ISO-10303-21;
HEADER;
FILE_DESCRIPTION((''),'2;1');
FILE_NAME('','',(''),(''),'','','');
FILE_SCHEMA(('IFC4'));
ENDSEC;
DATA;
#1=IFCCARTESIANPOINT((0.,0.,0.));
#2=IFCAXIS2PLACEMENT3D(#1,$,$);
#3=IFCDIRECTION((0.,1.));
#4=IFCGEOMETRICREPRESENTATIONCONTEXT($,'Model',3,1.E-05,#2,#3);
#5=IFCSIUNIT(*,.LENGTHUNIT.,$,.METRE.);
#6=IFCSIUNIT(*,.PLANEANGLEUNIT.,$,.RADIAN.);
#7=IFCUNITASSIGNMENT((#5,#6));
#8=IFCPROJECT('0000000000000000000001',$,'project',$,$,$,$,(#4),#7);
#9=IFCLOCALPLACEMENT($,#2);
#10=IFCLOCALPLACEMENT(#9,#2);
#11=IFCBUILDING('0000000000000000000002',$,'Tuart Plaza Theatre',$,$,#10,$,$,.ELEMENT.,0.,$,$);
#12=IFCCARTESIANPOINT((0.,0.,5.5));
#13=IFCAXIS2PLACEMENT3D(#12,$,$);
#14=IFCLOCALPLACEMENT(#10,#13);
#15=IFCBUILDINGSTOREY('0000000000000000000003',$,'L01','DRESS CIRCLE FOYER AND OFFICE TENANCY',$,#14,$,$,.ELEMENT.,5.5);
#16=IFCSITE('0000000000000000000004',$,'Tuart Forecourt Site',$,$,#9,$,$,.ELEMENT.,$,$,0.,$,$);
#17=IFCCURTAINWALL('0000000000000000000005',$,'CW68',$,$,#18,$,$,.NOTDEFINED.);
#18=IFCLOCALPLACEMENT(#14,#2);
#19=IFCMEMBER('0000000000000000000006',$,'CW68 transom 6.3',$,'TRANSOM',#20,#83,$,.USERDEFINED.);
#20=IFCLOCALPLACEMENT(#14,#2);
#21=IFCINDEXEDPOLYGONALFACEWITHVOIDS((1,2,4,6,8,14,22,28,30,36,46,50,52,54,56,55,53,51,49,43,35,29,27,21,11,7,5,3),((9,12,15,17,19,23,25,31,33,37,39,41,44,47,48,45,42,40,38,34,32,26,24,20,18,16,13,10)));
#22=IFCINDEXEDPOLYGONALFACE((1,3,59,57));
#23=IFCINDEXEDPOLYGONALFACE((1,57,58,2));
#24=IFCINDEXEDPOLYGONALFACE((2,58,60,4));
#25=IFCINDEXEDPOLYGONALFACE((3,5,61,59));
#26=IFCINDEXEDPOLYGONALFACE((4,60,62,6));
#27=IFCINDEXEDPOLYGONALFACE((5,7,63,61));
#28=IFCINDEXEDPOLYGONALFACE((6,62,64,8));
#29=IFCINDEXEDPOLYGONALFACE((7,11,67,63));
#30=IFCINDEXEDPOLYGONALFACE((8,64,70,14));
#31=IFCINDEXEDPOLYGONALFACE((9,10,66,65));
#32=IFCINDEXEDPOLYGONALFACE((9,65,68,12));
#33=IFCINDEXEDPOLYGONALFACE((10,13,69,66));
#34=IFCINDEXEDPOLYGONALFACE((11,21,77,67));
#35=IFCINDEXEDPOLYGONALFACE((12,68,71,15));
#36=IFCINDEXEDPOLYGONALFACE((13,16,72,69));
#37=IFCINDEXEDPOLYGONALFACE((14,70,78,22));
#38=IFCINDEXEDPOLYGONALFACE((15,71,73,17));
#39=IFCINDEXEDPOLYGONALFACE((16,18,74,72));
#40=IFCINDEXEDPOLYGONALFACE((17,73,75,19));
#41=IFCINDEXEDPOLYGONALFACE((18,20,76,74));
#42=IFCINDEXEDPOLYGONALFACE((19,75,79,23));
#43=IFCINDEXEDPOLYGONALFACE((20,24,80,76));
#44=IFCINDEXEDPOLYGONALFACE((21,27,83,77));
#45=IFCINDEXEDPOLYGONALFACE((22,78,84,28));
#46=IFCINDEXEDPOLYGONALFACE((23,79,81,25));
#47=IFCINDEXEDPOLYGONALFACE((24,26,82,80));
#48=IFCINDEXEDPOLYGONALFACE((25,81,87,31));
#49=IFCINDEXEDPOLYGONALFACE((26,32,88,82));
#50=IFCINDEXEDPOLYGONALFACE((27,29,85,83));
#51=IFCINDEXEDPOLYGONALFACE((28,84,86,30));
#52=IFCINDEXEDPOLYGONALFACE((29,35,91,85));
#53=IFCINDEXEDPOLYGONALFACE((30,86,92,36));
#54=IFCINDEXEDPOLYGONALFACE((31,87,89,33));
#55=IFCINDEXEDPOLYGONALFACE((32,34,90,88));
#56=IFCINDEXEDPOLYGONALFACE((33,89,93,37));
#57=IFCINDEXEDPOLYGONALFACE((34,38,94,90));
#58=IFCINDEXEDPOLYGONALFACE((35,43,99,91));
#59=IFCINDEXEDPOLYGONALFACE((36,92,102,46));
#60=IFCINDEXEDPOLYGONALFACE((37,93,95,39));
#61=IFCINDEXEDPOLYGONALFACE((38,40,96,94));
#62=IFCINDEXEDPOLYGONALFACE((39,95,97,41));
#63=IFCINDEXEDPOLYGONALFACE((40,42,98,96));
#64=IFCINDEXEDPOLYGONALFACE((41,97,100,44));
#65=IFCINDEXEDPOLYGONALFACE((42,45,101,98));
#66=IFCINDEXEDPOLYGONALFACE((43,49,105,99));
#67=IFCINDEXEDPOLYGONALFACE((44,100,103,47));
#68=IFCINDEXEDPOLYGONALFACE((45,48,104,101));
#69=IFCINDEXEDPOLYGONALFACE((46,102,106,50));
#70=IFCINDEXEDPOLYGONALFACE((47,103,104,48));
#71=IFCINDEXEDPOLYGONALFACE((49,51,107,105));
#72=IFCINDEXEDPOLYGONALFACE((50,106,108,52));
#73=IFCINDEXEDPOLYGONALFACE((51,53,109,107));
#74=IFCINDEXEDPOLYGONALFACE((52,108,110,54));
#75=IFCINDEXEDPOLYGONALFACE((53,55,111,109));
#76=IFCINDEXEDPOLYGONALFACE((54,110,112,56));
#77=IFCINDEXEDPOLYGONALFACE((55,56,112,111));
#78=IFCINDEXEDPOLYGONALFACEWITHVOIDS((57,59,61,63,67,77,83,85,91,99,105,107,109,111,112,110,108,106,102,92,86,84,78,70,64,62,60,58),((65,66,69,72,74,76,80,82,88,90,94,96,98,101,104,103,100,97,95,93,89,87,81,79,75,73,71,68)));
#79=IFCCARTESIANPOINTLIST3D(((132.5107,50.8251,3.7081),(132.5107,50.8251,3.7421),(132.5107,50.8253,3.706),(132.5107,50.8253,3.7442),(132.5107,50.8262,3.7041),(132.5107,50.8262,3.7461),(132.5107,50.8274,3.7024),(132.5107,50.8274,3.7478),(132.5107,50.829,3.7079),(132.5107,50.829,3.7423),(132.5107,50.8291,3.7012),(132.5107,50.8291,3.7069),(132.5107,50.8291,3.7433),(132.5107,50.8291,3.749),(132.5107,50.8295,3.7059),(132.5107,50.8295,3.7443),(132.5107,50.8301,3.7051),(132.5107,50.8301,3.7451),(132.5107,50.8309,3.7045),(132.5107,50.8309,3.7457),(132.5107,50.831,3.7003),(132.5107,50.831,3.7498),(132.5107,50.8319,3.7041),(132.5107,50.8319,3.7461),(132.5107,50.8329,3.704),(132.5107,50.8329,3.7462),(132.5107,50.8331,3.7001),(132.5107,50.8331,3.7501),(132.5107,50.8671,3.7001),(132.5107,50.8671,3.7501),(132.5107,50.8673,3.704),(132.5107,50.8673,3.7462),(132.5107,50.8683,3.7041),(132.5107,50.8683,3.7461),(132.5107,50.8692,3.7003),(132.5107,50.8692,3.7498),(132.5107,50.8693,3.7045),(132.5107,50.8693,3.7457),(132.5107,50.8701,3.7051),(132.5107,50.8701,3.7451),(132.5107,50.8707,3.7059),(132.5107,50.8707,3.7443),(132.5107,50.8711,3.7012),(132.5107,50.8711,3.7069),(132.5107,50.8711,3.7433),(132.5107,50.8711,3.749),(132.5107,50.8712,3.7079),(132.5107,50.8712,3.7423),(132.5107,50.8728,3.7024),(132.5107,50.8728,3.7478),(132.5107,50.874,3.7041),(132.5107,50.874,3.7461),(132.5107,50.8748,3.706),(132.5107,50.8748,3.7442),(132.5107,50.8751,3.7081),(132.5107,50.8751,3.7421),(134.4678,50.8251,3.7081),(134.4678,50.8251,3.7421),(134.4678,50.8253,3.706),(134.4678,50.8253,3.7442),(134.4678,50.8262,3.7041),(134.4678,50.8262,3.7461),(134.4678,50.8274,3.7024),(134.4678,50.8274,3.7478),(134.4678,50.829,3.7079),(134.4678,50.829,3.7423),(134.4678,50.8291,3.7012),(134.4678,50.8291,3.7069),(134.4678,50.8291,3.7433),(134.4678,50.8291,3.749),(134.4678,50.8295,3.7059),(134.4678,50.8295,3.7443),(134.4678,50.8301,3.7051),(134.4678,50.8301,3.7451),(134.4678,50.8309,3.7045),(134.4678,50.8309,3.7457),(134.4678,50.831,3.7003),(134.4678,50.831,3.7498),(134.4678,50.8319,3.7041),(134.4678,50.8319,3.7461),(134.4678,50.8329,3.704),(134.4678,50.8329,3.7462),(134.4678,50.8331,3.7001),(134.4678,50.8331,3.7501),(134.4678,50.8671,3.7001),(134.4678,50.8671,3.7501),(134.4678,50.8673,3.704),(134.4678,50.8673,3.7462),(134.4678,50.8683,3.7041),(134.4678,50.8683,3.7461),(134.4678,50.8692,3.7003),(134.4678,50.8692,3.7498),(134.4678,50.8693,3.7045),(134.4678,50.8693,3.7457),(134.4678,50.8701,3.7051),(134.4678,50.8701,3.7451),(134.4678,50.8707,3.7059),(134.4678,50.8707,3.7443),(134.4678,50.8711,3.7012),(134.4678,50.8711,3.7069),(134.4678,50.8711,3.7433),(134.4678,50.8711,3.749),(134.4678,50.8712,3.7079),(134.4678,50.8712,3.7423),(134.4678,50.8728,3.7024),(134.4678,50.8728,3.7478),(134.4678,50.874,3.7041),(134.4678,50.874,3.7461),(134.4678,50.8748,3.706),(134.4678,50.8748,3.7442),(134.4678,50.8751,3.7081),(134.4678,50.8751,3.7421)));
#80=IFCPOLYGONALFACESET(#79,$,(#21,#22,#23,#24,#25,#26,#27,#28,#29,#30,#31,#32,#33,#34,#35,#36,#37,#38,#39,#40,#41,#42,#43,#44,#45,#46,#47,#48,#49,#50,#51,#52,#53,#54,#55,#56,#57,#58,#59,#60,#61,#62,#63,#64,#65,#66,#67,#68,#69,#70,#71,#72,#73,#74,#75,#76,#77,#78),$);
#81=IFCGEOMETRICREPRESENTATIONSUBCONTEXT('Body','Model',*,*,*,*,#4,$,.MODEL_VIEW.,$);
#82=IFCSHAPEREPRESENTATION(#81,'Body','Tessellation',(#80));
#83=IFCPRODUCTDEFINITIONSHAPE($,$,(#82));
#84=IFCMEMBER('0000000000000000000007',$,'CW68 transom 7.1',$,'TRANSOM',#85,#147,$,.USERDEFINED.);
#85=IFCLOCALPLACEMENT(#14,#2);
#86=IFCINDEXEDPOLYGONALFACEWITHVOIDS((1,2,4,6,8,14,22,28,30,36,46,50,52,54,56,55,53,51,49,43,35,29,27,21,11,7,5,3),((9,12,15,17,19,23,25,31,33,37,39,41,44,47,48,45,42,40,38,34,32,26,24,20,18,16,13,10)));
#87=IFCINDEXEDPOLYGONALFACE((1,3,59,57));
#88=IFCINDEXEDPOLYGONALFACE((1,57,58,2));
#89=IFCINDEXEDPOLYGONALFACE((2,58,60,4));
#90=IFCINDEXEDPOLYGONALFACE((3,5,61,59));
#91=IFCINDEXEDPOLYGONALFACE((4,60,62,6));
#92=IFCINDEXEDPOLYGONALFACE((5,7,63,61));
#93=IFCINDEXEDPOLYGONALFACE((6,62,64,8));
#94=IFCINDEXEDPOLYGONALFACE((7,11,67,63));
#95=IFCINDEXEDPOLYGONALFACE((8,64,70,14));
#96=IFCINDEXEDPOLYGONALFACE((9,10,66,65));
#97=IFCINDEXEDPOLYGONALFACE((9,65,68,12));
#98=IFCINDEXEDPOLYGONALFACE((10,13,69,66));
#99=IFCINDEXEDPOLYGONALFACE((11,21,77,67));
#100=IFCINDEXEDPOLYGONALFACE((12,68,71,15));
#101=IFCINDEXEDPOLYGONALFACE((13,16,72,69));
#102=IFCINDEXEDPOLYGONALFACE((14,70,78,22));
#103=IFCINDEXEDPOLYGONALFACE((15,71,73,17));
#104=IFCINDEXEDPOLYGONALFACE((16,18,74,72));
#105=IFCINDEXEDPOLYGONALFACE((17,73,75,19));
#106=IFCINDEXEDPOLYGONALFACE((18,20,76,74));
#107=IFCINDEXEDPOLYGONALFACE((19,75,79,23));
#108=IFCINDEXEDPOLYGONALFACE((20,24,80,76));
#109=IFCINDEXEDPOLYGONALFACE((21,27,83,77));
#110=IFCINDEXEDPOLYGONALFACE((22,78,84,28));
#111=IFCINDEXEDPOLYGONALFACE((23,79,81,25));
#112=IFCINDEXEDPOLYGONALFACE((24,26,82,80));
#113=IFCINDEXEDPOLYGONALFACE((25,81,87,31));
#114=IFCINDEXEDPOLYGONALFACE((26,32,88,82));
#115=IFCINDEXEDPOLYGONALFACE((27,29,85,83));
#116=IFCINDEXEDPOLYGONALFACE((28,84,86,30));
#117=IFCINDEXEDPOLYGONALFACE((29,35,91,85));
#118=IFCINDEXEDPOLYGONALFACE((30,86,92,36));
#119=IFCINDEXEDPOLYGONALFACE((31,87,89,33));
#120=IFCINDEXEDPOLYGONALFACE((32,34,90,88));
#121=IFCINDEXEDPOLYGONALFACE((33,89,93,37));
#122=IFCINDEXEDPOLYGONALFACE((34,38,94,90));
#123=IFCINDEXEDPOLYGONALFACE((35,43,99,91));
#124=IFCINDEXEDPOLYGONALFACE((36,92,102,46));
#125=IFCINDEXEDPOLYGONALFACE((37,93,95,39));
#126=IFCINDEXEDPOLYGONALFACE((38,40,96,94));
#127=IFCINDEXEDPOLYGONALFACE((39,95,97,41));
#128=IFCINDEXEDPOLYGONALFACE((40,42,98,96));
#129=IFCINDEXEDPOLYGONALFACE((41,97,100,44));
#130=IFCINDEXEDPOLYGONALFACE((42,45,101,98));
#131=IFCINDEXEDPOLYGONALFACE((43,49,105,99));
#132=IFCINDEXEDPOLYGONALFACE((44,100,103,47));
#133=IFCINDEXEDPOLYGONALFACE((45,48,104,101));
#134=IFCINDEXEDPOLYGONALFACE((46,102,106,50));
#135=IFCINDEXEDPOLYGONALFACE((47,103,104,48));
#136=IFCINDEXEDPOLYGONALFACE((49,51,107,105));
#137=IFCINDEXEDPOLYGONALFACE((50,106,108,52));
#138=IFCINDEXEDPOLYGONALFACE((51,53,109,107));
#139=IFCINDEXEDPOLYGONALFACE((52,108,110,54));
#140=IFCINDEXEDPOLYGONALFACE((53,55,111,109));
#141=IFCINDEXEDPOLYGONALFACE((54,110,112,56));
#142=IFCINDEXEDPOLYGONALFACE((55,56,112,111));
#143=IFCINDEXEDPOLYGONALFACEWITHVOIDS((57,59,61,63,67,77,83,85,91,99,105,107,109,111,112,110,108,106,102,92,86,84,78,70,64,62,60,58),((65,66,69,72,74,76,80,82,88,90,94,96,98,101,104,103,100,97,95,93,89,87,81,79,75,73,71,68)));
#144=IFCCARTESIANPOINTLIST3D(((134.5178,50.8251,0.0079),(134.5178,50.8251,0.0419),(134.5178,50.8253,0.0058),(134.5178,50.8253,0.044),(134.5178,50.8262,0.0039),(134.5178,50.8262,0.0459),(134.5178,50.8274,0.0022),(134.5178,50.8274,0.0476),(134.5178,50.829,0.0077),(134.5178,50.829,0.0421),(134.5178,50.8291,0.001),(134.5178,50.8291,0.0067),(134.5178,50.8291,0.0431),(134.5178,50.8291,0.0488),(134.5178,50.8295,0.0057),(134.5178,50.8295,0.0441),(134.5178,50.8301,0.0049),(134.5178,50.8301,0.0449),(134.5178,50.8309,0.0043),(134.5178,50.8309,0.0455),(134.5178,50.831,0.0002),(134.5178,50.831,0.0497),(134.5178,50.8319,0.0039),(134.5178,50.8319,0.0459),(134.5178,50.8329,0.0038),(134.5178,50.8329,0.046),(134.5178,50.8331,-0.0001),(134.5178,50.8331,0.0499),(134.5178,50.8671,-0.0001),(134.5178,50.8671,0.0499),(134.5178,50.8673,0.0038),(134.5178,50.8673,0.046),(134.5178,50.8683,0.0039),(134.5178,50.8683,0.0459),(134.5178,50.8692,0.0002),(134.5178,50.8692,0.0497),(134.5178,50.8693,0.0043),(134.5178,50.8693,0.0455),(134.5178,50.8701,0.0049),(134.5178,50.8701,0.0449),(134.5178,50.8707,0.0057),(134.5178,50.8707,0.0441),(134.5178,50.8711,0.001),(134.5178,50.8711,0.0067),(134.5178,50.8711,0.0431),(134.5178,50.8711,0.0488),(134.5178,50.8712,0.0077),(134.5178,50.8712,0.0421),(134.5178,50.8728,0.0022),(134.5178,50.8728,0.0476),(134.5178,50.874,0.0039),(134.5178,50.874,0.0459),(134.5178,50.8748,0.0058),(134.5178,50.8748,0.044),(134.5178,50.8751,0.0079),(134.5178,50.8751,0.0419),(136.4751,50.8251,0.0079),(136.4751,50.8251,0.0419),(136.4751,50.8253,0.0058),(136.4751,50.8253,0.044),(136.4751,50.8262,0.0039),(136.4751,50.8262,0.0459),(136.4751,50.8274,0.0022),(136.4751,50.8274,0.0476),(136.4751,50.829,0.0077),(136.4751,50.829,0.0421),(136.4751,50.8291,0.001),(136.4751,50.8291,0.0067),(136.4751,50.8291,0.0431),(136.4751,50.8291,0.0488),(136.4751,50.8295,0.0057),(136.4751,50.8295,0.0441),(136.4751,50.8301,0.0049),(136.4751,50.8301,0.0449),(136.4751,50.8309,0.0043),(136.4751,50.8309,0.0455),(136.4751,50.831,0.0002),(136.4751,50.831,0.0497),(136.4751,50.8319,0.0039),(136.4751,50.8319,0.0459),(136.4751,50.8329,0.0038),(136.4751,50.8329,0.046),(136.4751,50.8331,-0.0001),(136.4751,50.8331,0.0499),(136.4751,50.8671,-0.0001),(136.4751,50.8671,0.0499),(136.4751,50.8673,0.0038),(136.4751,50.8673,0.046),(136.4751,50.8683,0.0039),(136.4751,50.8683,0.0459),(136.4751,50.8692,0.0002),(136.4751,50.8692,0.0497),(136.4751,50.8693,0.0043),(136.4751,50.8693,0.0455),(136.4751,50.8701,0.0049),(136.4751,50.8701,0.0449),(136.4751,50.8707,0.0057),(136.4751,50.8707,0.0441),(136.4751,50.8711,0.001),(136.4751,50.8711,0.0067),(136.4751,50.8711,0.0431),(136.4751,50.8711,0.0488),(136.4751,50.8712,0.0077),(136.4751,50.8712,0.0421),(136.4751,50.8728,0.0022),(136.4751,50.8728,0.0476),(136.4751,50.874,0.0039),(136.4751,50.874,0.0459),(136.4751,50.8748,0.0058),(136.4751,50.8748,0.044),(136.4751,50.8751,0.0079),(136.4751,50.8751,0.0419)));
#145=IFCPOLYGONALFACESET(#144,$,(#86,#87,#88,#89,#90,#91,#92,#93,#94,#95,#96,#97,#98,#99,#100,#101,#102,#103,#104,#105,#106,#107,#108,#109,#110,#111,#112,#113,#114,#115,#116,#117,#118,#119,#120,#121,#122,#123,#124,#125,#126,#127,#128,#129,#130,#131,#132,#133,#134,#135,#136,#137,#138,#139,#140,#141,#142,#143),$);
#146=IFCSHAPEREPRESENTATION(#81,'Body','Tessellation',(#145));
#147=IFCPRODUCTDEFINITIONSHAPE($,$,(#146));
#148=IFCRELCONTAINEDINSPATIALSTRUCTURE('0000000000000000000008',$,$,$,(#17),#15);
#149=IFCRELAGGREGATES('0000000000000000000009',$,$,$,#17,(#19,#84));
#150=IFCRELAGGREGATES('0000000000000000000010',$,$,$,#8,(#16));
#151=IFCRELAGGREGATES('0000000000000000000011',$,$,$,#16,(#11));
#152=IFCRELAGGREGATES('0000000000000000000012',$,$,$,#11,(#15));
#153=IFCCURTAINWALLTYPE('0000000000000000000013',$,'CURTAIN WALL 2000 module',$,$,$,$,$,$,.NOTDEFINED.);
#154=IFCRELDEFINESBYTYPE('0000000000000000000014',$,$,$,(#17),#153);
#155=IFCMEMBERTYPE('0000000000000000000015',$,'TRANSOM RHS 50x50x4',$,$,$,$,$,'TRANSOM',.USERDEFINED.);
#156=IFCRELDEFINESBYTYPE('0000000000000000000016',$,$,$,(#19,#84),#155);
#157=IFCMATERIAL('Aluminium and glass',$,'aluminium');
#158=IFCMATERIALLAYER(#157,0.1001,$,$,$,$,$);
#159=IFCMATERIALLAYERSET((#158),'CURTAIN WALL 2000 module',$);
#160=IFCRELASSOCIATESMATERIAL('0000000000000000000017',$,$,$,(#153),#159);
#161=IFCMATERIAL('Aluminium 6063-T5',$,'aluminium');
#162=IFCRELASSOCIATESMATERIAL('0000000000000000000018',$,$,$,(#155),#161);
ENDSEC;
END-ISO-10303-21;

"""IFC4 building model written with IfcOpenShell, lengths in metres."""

from ifc_helpers import new_model, si_unit, direction, frame, origin, origin_2d, place, context, subcontext, project, spatial, hollow_rectangle, extrude, material, layer, layer_set, material_profile, profile_set, type_object, element, aggregate, save


model = new_model("IFC4")

# Units and contexts
model_context = context("Model", 3, precision=1e-05, world=origin(), true_north=direction((0.0, 1.0)))
body_context = subcontext(model_context, "Body", "Model", "MODEL_VIEW")
ifc_project = project(units=[si_unit("LENGTHUNIT", "METRE"), si_unit("PLANEANGLEUNIT", "RADIAN")], contexts=[model_context])

# Site, building, storey
site_placement = place(None, origin())
site = spatial("IfcSite", under=ifc_project, at=site_placement, Name="Tuart Forecourt Site", CompositionType="ELEMENT", RefElevation=0.0)
building_placement = place(site_placement, origin())
building = spatial("IfcBuilding", under=site, at=building_placement, Name="Tuart Plaza Theatre", CompositionType="ELEMENT", ElevationOfRefHeight=0.0)
storey_placement = place(building_placement, frame((0.0, 0.0, 5.5)))
storey = spatial("IfcBuildingStorey", under=building, at=storey_placement, Name="L01", Description="DRESS CIRCLE FOYER AND OFFICE TENANCY", CompositionType="ELEMENT", Elevation=5.5)

# Curtain wall, members
ifc_material_1 = material(Name="Aluminium and glass", Category="aluminium")
ifc_layer_1 = layer(ifc_material_1, 0.1001)
ifc_layer_set_1 = layer_set([ifc_layer_1], Name="CURTAIN WALL 2000 module")
curtain_wall_type = type_object("IfcCurtainWallType", Name="CURTAIN WALL 2000 module", PredefinedType="NOTDEFINED", material=ifc_layer_set_1)
curtain_wall_placement = place(storey_placement, origin())
curtain_wall = element("IfcCurtainWall", 1, at=curtain_wall_placement, inside=storey, type_object=curtain_wall_type, Name="CW68", PredefinedType="NOTDEFINED")
ifc_material_2 = material(Name="Aluminium 6063-T5", Category="aluminium")
ifc_material_profile_1 = material_profile(ifc_material_2, hollow_rectangle(XDim=0.05, YDim=0.05, WallThickness=0.0039, InnerFilletRadius=0.0039, OuterFilletRadius=0.0081, at=origin_2d()), Name="RHS 50x50x4")
ifc_profile_set_1 = profile_set([ifc_material_profile_1], Name="Aluminium 6063-T5")
member_type_1 = type_object("IfcMemberType", Name="TRANSOM RHS 50x50x4", ElementType="TRANSOM", PredefinedType="USERDEFINED", material=ifc_profile_set_1)
member_1_placement = place(storey_placement, frame((132.5107, 50.8501, 3.7251), z_axis=(1.0, 0.0, 0.0), x_axis=(0.0, 1.0, 0.0)))
member_1 = element("IfcMember", 2, at=member_1_placement, type_object=member_type_1, Name="CW68 transom 6.3", ObjectType="TRANSOM", PredefinedType="USERDEFINED", context=body_context, shape_type="SweptSolid", body=[
    extrude(hollow_rectangle(XDim=0.05, YDim=0.05, WallThickness=0.0039, InnerFilletRadius=0.0039, OuterFilletRadius=0.0081, at=origin_2d()), origin(), (0.0, 0.0, 1.0), 1.957),
])
member_2_placement = place(storey_placement, frame((134.5178, 50.8501, 0.0249), z_axis=(1.0, 0.0, 0.0), x_axis=(0.0, 1.0, 0.0)))
member_2 = element("IfcMember", 3, at=member_2_placement, type_object=member_type_1, Name="CW68 transom 7.1", ObjectType="TRANSOM", PredefinedType="USERDEFINED", context=body_context, shape_type="SweptSolid", body=[
    extrude(hollow_rectangle(XDim=0.05, YDim=0.05, WallThickness=0.0039, InnerFilletRadius=0.0039, OuterFilletRadius=0.0081, at=origin_2d()), origin(), (0.0, 0.0, 1.0), 1.9573),
])
aggregate(curtain_wall, [member_1, member_2])

save(model, "model.ifc")
